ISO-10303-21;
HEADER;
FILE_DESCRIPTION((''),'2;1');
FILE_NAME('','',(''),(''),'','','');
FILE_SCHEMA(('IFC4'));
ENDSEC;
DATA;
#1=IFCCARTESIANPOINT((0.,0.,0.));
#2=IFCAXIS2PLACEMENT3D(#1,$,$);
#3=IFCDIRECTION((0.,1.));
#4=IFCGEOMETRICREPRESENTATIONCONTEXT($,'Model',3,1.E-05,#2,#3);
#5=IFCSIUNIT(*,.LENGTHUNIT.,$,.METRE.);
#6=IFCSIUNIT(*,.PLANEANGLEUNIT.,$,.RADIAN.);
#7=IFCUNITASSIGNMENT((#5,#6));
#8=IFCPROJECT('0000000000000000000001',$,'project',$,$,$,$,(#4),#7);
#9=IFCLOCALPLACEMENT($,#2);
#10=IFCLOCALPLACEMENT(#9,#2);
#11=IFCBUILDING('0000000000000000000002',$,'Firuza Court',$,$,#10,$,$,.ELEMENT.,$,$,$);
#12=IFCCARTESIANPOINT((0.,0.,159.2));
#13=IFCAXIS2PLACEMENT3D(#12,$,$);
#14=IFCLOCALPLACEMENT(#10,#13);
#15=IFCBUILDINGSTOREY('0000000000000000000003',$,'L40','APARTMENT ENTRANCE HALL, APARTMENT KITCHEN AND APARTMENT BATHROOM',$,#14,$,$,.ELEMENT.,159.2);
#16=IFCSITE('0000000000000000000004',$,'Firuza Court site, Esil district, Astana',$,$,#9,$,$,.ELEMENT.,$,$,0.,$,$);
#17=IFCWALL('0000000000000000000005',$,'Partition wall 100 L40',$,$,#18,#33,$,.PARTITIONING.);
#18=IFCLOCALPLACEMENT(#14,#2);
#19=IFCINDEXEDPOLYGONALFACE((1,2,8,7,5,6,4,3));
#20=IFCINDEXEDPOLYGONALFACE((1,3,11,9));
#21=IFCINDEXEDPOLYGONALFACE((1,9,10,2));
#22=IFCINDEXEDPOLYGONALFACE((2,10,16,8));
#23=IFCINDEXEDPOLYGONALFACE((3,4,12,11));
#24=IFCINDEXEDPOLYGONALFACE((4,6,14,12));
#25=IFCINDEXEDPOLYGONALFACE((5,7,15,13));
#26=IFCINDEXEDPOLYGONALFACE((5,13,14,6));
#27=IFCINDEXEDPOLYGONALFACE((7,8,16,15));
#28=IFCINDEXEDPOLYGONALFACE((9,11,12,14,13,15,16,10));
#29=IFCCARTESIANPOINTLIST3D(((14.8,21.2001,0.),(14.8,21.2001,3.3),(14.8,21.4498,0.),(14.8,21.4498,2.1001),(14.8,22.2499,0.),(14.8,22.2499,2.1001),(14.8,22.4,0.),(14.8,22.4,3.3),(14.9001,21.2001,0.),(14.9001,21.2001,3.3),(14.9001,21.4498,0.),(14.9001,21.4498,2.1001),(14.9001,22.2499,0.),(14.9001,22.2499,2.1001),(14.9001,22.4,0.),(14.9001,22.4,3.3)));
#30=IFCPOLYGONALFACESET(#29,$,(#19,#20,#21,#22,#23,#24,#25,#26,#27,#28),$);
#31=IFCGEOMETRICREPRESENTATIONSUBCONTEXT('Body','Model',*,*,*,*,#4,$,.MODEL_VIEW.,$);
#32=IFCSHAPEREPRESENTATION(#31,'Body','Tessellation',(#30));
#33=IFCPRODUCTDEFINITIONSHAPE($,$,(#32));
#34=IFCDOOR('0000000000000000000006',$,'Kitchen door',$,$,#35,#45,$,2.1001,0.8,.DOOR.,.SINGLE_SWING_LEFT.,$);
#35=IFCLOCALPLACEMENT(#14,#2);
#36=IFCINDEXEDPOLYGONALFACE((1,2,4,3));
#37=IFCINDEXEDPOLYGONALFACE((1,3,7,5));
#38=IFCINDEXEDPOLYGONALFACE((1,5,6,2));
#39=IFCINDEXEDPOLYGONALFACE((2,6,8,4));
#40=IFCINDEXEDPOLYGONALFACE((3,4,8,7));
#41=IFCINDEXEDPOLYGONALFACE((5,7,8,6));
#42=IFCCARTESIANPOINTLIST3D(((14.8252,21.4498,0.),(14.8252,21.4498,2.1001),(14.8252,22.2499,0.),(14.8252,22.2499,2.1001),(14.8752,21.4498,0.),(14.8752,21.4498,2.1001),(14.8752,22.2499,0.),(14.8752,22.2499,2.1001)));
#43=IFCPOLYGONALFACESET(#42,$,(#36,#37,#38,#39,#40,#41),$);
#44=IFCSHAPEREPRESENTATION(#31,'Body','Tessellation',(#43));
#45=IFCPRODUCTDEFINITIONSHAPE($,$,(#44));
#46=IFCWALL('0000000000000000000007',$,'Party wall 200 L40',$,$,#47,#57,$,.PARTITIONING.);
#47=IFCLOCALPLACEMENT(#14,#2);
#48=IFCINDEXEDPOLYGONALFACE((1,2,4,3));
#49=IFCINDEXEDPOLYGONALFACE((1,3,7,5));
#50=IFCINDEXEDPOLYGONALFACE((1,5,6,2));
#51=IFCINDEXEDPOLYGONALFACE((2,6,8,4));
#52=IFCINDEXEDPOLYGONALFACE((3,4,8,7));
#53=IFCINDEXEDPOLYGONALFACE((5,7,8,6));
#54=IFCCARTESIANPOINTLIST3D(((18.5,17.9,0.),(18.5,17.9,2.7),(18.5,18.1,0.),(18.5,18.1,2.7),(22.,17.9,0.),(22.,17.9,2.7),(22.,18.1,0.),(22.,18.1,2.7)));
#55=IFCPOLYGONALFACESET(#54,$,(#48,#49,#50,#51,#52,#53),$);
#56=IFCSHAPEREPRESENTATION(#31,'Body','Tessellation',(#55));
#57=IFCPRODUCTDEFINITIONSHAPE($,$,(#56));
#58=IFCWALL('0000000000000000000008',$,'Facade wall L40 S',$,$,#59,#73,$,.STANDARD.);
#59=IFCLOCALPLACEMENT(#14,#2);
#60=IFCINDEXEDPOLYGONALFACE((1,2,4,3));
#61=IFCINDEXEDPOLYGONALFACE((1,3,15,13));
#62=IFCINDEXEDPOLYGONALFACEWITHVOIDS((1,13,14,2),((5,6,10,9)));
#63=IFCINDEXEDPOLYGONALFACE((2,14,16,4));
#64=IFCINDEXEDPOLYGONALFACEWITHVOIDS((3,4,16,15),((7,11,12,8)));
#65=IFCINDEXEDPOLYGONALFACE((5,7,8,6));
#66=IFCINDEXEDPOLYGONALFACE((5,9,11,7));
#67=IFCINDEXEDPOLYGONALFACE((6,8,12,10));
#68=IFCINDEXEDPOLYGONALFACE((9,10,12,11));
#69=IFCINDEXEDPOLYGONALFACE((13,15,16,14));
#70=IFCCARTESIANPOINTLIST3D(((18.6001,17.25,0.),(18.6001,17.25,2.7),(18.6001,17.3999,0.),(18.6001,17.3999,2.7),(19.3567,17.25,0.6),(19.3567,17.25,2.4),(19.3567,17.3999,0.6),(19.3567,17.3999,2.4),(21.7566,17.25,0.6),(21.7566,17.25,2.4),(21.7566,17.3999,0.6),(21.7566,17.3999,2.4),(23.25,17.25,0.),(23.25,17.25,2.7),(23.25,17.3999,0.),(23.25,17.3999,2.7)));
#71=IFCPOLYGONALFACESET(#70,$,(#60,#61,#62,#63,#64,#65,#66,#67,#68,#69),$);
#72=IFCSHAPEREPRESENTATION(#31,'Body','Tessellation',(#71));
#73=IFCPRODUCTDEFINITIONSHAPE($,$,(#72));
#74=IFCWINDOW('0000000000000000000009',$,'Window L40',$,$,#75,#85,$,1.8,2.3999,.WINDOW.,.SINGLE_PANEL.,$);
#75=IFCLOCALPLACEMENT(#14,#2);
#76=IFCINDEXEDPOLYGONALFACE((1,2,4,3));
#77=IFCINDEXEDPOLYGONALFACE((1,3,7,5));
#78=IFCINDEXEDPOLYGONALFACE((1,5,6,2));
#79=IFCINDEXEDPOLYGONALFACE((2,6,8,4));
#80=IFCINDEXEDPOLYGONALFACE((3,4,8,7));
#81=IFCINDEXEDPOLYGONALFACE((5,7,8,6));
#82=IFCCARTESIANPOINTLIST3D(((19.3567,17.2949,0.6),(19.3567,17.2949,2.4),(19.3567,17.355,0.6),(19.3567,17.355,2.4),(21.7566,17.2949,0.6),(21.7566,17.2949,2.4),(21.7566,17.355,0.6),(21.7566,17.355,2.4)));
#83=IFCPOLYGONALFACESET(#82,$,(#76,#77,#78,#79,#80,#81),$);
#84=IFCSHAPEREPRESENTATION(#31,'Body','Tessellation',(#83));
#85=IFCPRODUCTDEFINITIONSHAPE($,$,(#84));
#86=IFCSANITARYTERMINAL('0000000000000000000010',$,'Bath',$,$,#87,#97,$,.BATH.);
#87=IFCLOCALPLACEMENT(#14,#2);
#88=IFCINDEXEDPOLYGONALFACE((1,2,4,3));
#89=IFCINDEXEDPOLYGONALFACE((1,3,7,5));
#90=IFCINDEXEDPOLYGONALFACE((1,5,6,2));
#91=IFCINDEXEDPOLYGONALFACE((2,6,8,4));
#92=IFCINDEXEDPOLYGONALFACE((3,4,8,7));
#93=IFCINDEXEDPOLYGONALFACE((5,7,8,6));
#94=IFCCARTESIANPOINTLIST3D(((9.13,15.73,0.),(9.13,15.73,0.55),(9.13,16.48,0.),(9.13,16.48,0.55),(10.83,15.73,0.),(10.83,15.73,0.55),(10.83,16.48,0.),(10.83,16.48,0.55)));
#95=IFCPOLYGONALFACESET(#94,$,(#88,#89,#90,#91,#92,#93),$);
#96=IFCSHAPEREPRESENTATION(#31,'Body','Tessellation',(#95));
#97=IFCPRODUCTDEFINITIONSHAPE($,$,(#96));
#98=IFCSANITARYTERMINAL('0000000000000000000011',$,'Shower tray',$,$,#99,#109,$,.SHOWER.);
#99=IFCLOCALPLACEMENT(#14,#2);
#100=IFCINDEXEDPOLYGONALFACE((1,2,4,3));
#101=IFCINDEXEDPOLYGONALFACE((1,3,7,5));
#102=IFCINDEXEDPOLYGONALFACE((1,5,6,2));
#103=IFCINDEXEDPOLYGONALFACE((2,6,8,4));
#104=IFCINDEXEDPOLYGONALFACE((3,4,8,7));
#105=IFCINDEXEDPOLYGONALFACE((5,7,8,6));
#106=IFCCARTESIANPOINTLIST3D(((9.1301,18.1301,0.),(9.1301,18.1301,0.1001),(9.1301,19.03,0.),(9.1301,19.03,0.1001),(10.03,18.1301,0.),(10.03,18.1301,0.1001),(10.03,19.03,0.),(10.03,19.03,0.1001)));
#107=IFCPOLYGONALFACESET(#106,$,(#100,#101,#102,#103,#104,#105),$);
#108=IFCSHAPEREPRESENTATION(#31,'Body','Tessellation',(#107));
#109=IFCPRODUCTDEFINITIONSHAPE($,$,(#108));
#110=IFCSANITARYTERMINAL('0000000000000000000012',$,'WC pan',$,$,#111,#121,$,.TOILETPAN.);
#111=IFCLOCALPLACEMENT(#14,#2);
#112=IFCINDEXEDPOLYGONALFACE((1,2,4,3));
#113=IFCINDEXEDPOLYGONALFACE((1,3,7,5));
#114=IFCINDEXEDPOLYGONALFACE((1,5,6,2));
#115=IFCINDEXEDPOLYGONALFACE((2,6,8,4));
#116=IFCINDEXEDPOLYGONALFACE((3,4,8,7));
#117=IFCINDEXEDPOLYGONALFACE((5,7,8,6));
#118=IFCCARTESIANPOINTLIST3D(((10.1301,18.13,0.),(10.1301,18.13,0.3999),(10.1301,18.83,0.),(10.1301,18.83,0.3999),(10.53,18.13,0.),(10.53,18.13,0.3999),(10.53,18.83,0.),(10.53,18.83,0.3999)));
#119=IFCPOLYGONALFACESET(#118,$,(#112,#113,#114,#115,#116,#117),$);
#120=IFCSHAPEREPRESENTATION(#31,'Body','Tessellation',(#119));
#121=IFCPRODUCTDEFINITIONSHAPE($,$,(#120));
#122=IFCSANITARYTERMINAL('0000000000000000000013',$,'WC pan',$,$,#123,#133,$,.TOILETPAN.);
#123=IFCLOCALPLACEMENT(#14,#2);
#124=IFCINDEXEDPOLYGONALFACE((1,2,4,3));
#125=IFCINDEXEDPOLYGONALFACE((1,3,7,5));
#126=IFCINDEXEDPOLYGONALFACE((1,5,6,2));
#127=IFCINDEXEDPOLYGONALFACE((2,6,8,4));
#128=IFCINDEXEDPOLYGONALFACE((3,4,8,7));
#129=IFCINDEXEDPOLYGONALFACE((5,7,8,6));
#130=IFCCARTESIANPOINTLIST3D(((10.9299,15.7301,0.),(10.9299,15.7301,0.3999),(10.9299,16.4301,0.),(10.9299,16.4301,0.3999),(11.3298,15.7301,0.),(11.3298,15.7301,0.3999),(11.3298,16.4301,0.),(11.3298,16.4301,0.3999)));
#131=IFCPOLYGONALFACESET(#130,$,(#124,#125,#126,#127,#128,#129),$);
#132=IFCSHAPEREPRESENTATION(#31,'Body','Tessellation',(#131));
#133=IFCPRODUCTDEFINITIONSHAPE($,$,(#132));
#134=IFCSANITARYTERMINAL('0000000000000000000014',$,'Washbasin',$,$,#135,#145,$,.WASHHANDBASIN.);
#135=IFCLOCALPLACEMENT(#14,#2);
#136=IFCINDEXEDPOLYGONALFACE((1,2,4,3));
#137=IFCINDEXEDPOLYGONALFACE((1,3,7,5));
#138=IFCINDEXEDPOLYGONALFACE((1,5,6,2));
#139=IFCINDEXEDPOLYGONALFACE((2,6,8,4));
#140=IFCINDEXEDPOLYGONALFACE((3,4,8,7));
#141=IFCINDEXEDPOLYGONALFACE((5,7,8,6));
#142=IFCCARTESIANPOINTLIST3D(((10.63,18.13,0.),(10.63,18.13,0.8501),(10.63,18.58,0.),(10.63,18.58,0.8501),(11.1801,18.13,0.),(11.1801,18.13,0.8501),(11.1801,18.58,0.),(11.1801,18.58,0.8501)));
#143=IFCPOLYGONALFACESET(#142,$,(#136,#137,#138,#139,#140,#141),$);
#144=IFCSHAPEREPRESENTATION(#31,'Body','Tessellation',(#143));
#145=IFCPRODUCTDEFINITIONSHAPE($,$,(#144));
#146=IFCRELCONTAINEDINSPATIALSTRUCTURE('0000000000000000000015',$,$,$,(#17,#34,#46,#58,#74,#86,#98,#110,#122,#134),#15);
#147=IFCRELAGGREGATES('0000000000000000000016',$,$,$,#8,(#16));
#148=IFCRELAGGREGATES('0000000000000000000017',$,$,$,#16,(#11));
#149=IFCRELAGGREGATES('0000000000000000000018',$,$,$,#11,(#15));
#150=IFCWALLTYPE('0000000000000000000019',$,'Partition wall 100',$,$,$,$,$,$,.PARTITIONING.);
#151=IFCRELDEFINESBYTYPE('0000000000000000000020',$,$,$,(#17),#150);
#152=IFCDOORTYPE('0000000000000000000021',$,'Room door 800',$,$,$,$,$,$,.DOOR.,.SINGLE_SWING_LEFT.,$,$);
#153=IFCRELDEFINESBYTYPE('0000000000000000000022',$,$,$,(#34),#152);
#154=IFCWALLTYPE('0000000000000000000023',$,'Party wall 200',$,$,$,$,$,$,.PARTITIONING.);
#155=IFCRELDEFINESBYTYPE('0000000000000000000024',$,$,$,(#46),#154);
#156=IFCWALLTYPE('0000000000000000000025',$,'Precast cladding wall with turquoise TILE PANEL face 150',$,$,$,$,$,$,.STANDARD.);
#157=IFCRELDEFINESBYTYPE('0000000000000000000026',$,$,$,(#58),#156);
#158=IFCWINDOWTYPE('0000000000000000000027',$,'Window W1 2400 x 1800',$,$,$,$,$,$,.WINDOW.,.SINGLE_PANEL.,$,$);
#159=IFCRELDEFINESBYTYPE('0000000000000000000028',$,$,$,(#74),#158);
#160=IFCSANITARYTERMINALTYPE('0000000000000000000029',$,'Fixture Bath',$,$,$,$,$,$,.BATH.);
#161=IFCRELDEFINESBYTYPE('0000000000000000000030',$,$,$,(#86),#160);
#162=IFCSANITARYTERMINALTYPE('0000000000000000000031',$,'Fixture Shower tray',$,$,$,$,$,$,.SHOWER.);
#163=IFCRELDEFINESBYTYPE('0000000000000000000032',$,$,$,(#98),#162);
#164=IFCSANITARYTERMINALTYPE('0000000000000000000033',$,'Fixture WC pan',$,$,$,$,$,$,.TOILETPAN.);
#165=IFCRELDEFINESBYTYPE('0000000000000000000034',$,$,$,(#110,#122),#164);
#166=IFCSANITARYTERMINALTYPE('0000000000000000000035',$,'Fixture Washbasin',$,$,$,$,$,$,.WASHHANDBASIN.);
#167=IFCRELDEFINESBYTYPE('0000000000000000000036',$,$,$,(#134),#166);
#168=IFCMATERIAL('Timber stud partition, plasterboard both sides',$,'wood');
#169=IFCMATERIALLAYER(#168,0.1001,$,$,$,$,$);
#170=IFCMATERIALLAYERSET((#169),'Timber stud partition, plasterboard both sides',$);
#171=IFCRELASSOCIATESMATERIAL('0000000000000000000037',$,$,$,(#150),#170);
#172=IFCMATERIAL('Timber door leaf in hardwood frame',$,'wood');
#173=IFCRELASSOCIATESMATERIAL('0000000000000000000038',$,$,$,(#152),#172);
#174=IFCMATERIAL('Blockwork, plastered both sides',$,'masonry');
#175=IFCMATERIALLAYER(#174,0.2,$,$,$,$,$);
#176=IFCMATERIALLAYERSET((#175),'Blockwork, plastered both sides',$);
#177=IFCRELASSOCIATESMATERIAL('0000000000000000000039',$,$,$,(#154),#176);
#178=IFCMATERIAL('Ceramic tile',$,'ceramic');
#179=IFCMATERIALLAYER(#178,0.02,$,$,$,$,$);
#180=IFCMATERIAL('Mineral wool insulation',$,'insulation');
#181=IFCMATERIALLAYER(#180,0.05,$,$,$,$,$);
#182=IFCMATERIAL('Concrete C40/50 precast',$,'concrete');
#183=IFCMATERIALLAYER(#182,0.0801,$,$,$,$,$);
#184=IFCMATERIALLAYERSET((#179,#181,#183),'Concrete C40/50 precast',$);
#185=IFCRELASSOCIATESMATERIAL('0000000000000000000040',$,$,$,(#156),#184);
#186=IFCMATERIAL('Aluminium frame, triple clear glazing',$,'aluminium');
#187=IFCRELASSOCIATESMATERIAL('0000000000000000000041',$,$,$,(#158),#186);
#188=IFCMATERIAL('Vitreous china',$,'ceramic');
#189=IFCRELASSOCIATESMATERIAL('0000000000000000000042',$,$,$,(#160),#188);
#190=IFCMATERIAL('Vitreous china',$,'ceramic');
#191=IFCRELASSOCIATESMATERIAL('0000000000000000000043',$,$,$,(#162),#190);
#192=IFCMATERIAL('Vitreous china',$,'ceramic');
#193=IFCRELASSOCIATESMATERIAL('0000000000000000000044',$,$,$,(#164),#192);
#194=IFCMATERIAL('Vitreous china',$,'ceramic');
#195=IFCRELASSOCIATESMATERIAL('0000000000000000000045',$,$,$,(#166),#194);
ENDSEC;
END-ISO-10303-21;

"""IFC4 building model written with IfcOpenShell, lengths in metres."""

from ifc_helpers import new_model, si_unit, direction, frame, frame_2d, origin, origin_2d, place, context, subcontext, project, spatial, rectangle, extrude, material, layer, layer_set, type_object, element, fill, save


model = new_model("IFC4")

# Units and contexts
model_context = context("Model", 3, precision=1e-05, world=origin(), true_north=direction((0.0, 1.0)))
body_context = subcontext(model_context, "Body", "Model", "MODEL_VIEW")
ifc_project = project(units=[si_unit("LENGTHUNIT", "METRE"), si_unit("PLANEANGLEUNIT", "RADIAN")], contexts=[model_context])

# Site, building, storey
site_placement = place(None, origin())
site = spatial("IfcSite", under=ifc_project, at=site_placement, Name="Firuza Court site, Esil district, Astana", CompositionType="ELEMENT", RefElevation=0.0)
building_placement = place(site_placement, origin())
building = spatial("IfcBuilding", under=site, at=building_placement, Name="Firuza Court", CompositionType="ELEMENT")
storey_placement = place(building_placement, frame((0.0, 0.0, 159.2)))
storey = spatial("IfcBuildingStorey", under=building, at=storey_placement, Name="L40", Description="APARTMENT ENTRANCE HALL, APARTMENT KITCHEN AND APARTMENT BATHROOM", CompositionType="ELEMENT", Elevation=159.2)

# Shared definitions
ifc_material_1 = material(Name="Timber stud partition, plasterboard both sides", Category="wood")
ifc_layer_1 = layer(ifc_material_1, 0.1001)
ifc_layer_set_1 = layer_set([ifc_layer_1], Name="Timber stud partition, plasterboard both sides")
wall_type_1 = type_object("IfcWallType", Name="Partition wall 100", PredefinedType="PARTITIONING", material=ifc_layer_set_1)

# Wall, opening, door
wall_1_placement = place(storey_placement, frame((14.8501, 21.2, 0.0), z_axis=(0.0, 0.0, 1.0), x_axis=(0.0, 1.0, 0.0)))
wall_1 = element("IfcWall", 1, at=wall_1_placement, inside=storey, type_object=wall_type_1, Name="Partition wall 100 L40", PredefinedType="PARTITIONING", context=body_context, shape_type="SweptSolid", body=[
    extrude(rectangle(XDim=1.2, YDim=0.1001, at=frame_2d((0.6001, 0.0))), origin(), (0.0, 0.0, 1.0), 3.3),
])
opening_1_placement = place(wall_1_placement, frame((0.25, 0.0, 0.0)))
opening_1 = element("IfcOpeningElement", 2, at=opening_1_placement, cuts=wall_1, PredefinedType="OPENING", context=body_context, shape_type="SweptSolid", body=[
    extrude(rectangle(XDim=0.8, YDim=2.1001, at=frame_2d((0.3999, 1.05))), frame((0.0, 0.062, 0.0), z_axis=(0.0, -1.0, 0.0), x_axis=(1.0, 0.0, 0.0)), (0.0, 0.0, 1.0), 0.124),
])
ifc_material_2 = material(Name="Timber door leaf in hardwood frame", Category="wood")
door_type_1 = type_object("IfcDoorType", Name="Room door 800", OperationType="SINGLE_SWING_LEFT", PredefinedType="DOOR", material=ifc_material_2)
door_1_placement = place(opening_1_placement, origin())
door_1 = element("IfcDoor", 3, at=door_1_placement, inside=storey, type_object=door_type_1, Name="Kitchen door", OperationType="SINGLE_SWING_LEFT", OverallHeight=2.1001, OverallWidth=0.8, PredefinedType="DOOR", context=body_context, shape_type="SweptSolid", body=[
    extrude(rectangle(XDim=0.8, YDim=2.1001, at=frame_2d((0.3999, 1.05))), frame((0.0, 0.0249, 0.0), z_axis=(0.0, -1.0, 0.0), x_axis=(1.0, 0.0, 0.0)), (0.0, 0.0, 1.0), 0.05),
])
fill(opening_1, door_1)

# Wall
ifc_material_3 = material(Name="Blockwork, plastered both sides", Category="masonry")
ifc_layer_2 = layer(ifc_material_3, 0.2)
ifc_layer_set_2 = layer_set([ifc_layer_2], Name="Blockwork, plastered both sides")
wall_type_2 = type_object("IfcWallType", Name="Party wall 200", PredefinedType="PARTITIONING", material=ifc_layer_set_2)
wall_2_placement = place(storey_placement, frame((18.5, 18.0, 0.0), z_axis=(0.0, 0.0, 1.0), x_axis=(1.0, 0.0, 0.0)))
element("IfcWall", 4, at=wall_2_placement, inside=storey, type_object=wall_type_2, Name="Party wall 200 L40", PredefinedType="PARTITIONING", context=body_context, shape_type="SweptSolid", body=[
    extrude(rectangle(XDim=3.5, YDim=0.2, at=frame_2d((1.75, 0.0))), origin(), (0.0, 0.0, 1.0), 2.7),
])

# Wall, opening, window
ifc_material_4 = material(Name="Ceramic tile", Category="ceramic")
ifc_layer_3 = layer(ifc_material_4, 0.02)
ifc_material_5 = material(Name="Mineral wool insulation", Category="insulation")
ifc_layer_4 = layer(ifc_material_5, 0.05)
ifc_material_6 = material(Name="Concrete C40/50 precast", Category="concrete")
ifc_layer_5 = layer(ifc_material_6, 0.0801)
ifc_layer_set_3 = layer_set([ifc_layer_3, ifc_layer_4, ifc_layer_5], Name="Concrete C40/50 precast")
wall_type_3 = type_object("IfcWallType", Name="Precast cladding wall with turquoise TILE PANEL face 150", PredefinedType="STANDARD", material=ifc_layer_set_3)
wall_3_placement = place(storey_placement, frame((18.6001, 17.325, 0.0), z_axis=(0.0, 0.0, 1.0), x_axis=(1.0, 0.0, 0.0)))
wall_3 = element("IfcWall", 5, at=wall_3_placement, inside=storey, type_object=wall_type_3, Name="Facade wall L40 S", PredefinedType="STANDARD", context=body_context, shape_type="SweptSolid", body=[
    extrude(rectangle(XDim=4.6499, YDim=0.1499, at=frame_2d((2.325, 0.0))), origin(), (0.0, 0.0, 1.0), 2.7),
])
opening_2_placement = place(wall_3_placement, frame((0.7566, 0.0, 0.6001)))
opening_2 = element("IfcOpeningElement", 6, at=opening_2_placement, cuts=wall_3, PredefinedType="OPENING", context=body_context, shape_type="SweptSolid", body=[
    extrude(rectangle(XDim=2.3999, YDim=1.8, at=frame_2d((1.2, 0.8999))), frame((0.0, 0.0869, 0.0), z_axis=(0.0, -1.0, 0.0), x_axis=(1.0, 0.0, 0.0)), (0.0, 0.0, 1.0), 0.1738),
])
ifc_material_7 = material(Name="Aluminium frame, triple clear glazing", Category="aluminium")
window_type = type_object("IfcWindowType", Name="Window W1 2400 x 1800", PartitioningType="SINGLE_PANEL", PredefinedType="WINDOW", material=ifc_material_7)
window_placement = place(opening_2_placement, origin())
window = element("IfcWindow", 7, at=window_placement, inside=storey, type_object=window_type, Name="Window L40", OverallHeight=1.8, OverallWidth=2.3999, PartitioningType="SINGLE_PANEL", PredefinedType="WINDOW", context=body_context, shape_type="SweptSolid", body=[
    extrude(rectangle(XDim=2.3999, YDim=1.8, at=frame_2d((1.2, 0.8999))), frame((0.0, 0.03, 0.0), z_axis=(0.0, -1.0, 0.0), x_axis=(1.0, 0.0, 0.0)), (0.0, 0.0, 1.0), 0.0601),
])
fill(opening_2, window)

# Sanitary terminals
ifc_material_8 = material(Name="Vitreous china", Category="ceramic")
sanitary_terminal_type_1 = type_object("IfcSanitaryTerminalType", Name="Fixture Bath", PredefinedType="BATH", material=ifc_material_8)
sanitary_terminal_1_placement = place(storey_placement, frame((9.98, 16.105, 0.0), z_axis=(0.0, 0.0, 1.0), x_axis=(1.0, 0.0, 0.0)))
element("IfcSanitaryTerminal", 8, at=sanitary_terminal_1_placement, inside=storey, type_object=sanitary_terminal_type_1, Name="Bath", PredefinedType="BATH", context=body_context, shape_type="SweptSolid", body=[
    extrude(rectangle(XDim=1.7, YDim=0.75, at=origin_2d()), origin(), (0.0, 0.0, 1.0), 0.55),
])
ifc_material_9 = material(Name="Vitreous china", Category="ceramic")
sanitary_terminal_type_2 = type_object("IfcSanitaryTerminalType", Name="Fixture Shower tray", PredefinedType="SHOWER", material=ifc_material_9)
sanitary_terminal_2_placement = place(storey_placement, frame((9.5801, 18.5801, 0.0), z_axis=(0.0, 0.0, 1.0), x_axis=(1.0, 0.0, 0.0)))
element("IfcSanitaryTerminal", 9, at=sanitary_terminal_2_placement, inside=storey, type_object=sanitary_terminal_type_2, Name="Shower tray", PredefinedType="SHOWER", context=body_context, shape_type="SweptSolid", body=[
    extrude(rectangle(XDim=0.8999, YDim=0.8999, at=origin_2d()), origin(), (0.0, 0.0, 1.0), 0.1001),
])
ifc_material_10 = material(Name="Vitreous china", Category="ceramic")
sanitary_terminal_type_3 = type_object("IfcSanitaryTerminalType", Name="Fixture WC pan", PredefinedType="TOILETPAN", material=ifc_material_10)
for number, where, z_axis, x_axis, name in (
    (10, (10.3301, 18.48, 0.0), (0.0, 0.0, 1.0), (1.0, 0.0, 0.0), "WC pan"),
    (11, (11.1299, 16.0801, 0.0), (0.0, 0.0, 1.0), (1.0, 0.0, 0.0), "WC pan"),
):
    element("IfcSanitaryTerminal", number, at=place(storey_placement, frame(where, z_axis=z_axis, x_axis=x_axis)), inside=storey, type_object=sanitary_terminal_type_3, Name=name, PredefinedType="TOILETPAN", context=body_context, shape_type="SweptSolid", body=[
        extrude(rectangle(XDim=0.3999, YDim=0.7, at=origin_2d()), origin(), (0.0, 0.0, 1.0), 0.3999),
    ])
ifc_material_11 = material(Name="Vitreous china", Category="ceramic")
sanitary_terminal_type_4 = type_object("IfcSanitaryTerminalType", Name="Fixture Washbasin", PredefinedType="WASHHANDBASIN", material=ifc_material_11)
sanitary_terminal_3_placement = place(storey_placement, frame((10.905, 18.355, 0.0), z_axis=(0.0, 0.0, 1.0), x_axis=(1.0, 0.0, 0.0)))
element("IfcSanitaryTerminal", 12, at=sanitary_terminal_3_placement, inside=storey, type_object=sanitary_terminal_type_4, Name="Washbasin", PredefinedType="WASHHANDBASIN", context=body_context, shape_type="SweptSolid", body=[
    extrude(rectangle(XDim=0.55, YDim=0.45, at=origin_2d()), origin(), (0.0, 0.0, 1.0), 0.8501),
])

save(model, "model.ifc")
